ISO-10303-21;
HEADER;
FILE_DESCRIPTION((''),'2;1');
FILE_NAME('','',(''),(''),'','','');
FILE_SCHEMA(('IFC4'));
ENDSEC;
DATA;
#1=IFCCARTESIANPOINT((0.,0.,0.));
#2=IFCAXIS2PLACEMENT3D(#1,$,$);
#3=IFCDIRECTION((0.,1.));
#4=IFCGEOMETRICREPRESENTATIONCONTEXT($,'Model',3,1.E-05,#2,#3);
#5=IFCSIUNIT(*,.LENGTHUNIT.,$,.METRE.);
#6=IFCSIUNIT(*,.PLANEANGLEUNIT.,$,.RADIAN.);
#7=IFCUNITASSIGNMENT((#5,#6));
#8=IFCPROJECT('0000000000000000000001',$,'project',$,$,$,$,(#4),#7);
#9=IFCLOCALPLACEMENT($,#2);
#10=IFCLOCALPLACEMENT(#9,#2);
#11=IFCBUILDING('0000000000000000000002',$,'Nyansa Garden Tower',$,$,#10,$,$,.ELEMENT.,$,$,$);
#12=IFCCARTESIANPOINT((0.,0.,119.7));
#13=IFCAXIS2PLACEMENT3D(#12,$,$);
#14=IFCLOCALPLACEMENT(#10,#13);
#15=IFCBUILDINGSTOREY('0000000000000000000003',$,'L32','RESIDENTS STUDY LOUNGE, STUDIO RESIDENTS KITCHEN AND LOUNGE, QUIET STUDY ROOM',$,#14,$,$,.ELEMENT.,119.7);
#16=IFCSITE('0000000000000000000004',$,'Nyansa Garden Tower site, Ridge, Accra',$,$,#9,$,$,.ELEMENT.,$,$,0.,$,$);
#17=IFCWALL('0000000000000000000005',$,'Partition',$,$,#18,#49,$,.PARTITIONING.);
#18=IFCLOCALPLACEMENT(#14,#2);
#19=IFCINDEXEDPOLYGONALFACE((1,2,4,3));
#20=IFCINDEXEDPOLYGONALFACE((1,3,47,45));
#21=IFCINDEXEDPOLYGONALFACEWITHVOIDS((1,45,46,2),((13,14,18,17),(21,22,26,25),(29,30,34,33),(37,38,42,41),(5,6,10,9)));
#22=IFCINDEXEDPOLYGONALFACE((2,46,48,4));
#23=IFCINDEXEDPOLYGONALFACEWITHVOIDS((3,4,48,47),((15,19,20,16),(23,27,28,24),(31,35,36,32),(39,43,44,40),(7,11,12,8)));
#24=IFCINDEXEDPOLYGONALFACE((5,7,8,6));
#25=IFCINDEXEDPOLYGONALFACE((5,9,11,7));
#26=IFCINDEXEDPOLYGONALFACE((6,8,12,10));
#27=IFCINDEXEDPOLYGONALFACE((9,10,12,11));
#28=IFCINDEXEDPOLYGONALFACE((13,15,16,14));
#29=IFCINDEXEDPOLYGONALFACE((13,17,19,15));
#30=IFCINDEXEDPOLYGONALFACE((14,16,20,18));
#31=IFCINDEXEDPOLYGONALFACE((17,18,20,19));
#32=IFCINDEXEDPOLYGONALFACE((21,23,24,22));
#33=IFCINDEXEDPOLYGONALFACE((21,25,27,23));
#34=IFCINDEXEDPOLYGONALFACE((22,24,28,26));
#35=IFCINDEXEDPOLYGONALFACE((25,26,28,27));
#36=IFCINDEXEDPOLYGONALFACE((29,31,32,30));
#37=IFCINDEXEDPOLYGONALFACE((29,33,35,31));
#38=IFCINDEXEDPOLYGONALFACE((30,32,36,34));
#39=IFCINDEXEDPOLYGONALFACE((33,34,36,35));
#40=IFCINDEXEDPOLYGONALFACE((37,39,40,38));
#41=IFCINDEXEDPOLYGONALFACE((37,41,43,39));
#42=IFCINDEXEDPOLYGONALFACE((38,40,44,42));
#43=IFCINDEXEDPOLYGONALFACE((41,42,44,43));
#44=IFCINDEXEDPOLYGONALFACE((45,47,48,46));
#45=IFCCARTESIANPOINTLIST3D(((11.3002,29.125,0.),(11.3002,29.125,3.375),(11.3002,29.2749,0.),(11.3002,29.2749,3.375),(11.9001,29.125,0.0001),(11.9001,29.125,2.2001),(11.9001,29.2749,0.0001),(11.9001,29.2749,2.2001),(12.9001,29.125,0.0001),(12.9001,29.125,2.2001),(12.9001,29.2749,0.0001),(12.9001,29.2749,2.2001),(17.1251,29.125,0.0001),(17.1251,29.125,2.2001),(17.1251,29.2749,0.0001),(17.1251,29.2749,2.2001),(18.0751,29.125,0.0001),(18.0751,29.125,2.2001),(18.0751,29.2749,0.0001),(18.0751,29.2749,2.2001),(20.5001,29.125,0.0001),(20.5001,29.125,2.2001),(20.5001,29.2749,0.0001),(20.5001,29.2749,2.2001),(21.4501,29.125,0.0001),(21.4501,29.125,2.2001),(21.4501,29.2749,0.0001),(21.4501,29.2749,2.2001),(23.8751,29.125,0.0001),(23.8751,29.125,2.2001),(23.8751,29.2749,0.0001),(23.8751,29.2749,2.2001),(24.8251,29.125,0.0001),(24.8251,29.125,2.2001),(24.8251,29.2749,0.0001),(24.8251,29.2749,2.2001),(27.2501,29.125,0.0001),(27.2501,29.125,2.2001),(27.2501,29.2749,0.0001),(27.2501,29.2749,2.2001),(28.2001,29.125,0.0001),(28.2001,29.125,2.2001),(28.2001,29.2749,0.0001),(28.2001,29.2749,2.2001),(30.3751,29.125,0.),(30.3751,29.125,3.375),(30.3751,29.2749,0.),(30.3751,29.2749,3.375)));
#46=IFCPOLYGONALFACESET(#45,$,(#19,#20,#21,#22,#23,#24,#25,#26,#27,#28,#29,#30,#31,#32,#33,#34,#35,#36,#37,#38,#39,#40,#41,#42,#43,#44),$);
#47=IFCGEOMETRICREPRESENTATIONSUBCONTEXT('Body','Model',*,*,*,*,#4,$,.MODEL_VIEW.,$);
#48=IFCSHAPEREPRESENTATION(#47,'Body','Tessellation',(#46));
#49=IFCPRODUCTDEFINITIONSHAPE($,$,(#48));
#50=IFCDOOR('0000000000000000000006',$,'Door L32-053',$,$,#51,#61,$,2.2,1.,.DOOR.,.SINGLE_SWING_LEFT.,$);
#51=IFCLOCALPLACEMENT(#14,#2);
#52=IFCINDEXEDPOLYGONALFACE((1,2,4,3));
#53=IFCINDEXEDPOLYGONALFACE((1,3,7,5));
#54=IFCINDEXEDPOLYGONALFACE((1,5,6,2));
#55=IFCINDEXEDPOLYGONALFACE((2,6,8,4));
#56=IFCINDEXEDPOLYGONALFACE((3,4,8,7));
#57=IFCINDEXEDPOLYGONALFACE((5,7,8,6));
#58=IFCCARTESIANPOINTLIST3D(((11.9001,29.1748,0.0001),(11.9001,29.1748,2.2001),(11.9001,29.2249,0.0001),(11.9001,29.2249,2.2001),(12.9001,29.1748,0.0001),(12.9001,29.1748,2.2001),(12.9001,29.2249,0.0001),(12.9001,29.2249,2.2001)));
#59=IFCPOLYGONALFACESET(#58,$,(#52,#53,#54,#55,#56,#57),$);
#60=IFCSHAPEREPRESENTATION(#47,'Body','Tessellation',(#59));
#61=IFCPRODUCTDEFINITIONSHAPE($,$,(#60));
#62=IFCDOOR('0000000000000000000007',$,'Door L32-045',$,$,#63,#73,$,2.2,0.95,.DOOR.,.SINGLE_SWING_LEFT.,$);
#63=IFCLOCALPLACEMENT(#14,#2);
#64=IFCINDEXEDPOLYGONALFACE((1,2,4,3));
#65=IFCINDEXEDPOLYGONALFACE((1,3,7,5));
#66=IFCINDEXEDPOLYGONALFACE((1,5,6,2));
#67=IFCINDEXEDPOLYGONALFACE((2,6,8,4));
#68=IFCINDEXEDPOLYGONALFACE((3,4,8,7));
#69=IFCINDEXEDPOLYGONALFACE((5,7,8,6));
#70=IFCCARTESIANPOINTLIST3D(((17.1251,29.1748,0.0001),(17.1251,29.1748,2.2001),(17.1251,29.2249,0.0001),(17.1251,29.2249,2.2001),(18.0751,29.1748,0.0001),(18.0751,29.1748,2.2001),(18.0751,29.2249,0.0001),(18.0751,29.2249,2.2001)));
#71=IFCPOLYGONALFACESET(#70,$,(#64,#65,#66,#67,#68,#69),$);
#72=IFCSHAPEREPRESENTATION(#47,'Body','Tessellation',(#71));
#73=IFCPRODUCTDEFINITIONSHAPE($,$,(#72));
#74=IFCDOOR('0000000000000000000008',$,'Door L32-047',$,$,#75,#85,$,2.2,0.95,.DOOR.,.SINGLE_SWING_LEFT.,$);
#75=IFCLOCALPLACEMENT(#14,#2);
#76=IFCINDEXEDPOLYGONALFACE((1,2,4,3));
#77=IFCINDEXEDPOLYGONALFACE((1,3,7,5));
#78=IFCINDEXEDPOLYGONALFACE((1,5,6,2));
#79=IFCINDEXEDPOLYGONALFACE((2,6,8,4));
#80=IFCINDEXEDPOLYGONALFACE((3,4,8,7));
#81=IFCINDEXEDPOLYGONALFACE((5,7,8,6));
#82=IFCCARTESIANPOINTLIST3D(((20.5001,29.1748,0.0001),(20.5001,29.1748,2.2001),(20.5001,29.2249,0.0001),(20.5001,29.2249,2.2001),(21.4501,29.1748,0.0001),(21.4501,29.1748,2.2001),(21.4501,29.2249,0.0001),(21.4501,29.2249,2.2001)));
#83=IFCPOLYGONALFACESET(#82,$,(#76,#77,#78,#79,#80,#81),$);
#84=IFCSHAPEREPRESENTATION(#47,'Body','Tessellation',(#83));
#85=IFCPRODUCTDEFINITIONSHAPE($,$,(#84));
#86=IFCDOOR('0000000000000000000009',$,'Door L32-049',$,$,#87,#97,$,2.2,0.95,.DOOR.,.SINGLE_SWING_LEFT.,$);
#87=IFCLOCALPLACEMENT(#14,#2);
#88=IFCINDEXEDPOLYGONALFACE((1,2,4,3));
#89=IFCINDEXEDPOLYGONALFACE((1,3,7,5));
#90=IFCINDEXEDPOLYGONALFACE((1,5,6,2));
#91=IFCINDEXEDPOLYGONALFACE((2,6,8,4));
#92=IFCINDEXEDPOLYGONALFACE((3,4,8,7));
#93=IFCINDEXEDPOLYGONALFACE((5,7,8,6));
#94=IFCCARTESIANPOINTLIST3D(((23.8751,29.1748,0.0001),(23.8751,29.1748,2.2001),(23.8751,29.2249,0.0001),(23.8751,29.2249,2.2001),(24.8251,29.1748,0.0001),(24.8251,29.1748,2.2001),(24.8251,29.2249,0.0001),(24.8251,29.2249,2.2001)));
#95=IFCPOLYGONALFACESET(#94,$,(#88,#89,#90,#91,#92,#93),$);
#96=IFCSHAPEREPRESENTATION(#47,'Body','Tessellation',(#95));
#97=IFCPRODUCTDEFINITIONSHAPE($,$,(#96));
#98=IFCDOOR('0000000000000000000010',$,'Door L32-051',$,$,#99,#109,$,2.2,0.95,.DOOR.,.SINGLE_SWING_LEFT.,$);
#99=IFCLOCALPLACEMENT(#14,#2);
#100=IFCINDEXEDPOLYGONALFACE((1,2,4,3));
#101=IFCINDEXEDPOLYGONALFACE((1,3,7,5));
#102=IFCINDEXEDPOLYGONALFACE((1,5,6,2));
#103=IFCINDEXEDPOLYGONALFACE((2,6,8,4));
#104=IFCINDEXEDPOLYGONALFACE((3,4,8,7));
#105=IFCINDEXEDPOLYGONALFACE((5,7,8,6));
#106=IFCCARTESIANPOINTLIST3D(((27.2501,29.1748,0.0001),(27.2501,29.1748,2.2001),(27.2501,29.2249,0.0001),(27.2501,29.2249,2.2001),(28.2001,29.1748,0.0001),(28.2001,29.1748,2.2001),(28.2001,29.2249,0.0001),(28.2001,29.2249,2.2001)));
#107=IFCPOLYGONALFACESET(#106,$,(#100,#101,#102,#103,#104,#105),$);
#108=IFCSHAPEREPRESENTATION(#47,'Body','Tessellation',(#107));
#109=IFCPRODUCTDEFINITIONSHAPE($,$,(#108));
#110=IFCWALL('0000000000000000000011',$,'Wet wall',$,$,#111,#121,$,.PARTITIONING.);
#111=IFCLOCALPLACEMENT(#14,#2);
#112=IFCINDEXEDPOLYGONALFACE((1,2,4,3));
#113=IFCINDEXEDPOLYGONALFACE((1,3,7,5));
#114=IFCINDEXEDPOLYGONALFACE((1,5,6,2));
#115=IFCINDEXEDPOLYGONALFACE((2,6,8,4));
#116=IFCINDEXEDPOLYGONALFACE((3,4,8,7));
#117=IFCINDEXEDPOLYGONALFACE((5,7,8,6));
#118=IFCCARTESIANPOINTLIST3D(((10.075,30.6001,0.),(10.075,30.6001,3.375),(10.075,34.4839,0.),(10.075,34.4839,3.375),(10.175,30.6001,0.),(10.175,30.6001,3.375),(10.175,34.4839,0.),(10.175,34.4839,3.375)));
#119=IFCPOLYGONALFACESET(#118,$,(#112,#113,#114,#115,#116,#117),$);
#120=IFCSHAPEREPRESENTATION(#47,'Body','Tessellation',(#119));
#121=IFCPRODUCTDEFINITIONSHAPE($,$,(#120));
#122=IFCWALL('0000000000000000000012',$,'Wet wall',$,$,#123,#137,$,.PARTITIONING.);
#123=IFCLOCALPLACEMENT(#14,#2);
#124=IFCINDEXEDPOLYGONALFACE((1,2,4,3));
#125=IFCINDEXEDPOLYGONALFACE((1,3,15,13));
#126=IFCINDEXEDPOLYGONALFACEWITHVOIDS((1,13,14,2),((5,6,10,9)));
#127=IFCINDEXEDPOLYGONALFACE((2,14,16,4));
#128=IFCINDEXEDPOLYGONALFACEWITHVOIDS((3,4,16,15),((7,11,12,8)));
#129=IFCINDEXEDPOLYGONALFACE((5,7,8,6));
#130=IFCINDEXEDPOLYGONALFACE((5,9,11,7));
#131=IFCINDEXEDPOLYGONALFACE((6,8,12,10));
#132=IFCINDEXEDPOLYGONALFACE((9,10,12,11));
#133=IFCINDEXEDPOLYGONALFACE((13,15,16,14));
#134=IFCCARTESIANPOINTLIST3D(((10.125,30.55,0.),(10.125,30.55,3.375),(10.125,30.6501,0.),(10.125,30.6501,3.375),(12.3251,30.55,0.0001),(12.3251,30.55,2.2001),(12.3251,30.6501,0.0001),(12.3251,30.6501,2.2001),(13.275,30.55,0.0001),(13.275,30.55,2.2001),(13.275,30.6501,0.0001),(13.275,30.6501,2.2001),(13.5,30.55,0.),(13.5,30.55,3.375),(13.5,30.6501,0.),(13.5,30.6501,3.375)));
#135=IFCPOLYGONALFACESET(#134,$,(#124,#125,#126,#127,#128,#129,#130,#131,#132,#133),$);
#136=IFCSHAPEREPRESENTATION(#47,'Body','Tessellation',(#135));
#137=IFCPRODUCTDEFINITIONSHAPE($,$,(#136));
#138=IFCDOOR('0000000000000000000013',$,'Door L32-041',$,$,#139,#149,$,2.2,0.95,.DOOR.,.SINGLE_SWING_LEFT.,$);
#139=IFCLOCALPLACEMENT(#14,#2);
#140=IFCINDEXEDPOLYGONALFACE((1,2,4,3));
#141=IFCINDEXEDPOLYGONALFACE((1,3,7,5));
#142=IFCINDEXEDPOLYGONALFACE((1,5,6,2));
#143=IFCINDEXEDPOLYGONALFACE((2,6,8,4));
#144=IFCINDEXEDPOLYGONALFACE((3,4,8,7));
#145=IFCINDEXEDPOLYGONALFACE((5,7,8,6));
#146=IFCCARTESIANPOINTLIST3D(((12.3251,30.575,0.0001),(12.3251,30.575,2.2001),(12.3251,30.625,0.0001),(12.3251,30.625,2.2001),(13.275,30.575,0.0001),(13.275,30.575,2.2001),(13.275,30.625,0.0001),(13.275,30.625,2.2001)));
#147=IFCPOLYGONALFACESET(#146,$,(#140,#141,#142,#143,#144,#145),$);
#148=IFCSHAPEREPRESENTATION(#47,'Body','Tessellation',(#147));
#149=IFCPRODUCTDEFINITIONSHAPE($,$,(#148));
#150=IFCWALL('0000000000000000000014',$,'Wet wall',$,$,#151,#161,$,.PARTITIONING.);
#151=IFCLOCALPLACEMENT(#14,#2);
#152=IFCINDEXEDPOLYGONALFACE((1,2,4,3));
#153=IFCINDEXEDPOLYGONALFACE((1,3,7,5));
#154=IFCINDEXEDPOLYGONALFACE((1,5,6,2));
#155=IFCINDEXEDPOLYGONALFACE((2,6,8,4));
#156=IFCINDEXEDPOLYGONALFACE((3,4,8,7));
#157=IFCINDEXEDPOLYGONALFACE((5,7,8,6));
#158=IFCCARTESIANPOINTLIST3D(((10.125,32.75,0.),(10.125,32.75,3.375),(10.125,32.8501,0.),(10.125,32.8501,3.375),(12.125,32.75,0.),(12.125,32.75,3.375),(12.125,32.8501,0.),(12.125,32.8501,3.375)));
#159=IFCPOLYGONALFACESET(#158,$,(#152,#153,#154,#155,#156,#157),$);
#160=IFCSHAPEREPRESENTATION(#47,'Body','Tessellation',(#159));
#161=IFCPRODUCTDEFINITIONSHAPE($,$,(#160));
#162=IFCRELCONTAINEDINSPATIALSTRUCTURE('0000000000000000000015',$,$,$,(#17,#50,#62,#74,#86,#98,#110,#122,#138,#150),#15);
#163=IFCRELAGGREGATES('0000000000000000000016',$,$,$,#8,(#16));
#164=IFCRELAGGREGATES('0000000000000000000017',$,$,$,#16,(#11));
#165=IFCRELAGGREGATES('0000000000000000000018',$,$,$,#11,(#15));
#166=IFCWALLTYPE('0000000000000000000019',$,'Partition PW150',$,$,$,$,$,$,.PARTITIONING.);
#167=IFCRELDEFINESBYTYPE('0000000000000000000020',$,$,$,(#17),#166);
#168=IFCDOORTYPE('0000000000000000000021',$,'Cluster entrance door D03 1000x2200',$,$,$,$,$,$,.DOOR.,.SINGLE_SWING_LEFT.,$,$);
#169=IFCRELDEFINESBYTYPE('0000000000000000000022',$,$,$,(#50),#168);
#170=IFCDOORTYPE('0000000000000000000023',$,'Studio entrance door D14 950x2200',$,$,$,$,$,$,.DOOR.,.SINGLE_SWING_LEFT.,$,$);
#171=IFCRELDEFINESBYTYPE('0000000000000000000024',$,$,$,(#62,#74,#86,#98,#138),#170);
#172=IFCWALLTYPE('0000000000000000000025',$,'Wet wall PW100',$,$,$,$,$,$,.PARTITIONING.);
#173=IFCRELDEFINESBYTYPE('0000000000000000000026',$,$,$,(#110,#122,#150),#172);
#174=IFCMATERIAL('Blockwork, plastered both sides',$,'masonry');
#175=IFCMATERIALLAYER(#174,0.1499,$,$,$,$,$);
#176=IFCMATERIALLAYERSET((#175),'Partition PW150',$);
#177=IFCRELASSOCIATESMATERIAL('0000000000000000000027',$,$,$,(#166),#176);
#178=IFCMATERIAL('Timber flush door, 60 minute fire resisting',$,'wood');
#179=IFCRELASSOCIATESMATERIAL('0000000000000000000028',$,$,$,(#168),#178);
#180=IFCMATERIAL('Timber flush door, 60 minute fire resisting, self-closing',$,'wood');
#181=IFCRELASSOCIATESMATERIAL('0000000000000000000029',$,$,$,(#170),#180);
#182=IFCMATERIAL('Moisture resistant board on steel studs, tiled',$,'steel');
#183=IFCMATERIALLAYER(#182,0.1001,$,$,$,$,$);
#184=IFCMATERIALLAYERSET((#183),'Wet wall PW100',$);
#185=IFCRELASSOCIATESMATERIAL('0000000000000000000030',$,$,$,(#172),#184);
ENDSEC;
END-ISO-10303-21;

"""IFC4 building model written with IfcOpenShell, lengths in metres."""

from ifc_helpers import new_model, si_unit, direction, frame, frame_2d, origin, place, context, subcontext, project, spatial, rectangle, extrude, material, layer, layer_set, type_object, element, fill, save


model = new_model("IFC4")

# Units and contexts
model_context = context("Model", 3, precision=1e-05, world=origin(), true_north=direction((0.0, 1.0)))
body_context = subcontext(model_context, "Body", "Model", "MODEL_VIEW")
ifc_project = project(units=[si_unit("LENGTHUNIT", "METRE"), si_unit("PLANEANGLEUNIT", "RADIAN")], contexts=[model_context])

# Site, building, storey
site_placement = place(None, origin())
site = spatial("IfcSite", under=ifc_project, at=site_placement, Name="Nyansa Garden Tower site, Ridge, Accra", CompositionType="ELEMENT", RefElevation=0.0)
building_placement = place(site_placement, origin())
building = spatial("IfcBuilding", under=site, at=building_placement, Name="Nyansa Garden Tower", CompositionType="ELEMENT")
storey_placement = place(building_placement, frame((0.0, 0.0, 119.7)))
storey = spatial("IfcBuildingStorey", under=building, at=storey_placement, Name="L32", Description="RESIDENTS STUDY LOUNGE, STUDIO RESIDENTS KITCHEN AND LOUNGE, QUIET STUDY ROOM", CompositionType="ELEMENT", Elevation=119.7)

# Wall, openings, doors
ifc_material_1 = material(Name="Blockwork, plastered both sides", Category="masonry")
ifc_layer_1 = layer(ifc_material_1, 0.1499)
ifc_layer_set_1 = layer_set([ifc_layer_1], Name="Partition PW150")
wall_type_1 = type_object("IfcWallType", Name="Partition PW150", PredefinedType="PARTITIONING", material=ifc_layer_set_1)
wall_1_placement = place(storey_placement, frame((11.3, 29.2, 0.0), z_axis=(0.0, 0.0, 1.0), x_axis=(1.0, 0.0, 0.0)))
wall_1 = element("IfcWall", 1, at=wall_1_placement, inside=storey, type_object=wall_type_1, Name="Partition", PredefinedType="PARTITIONING", context=body_context, shape_type="SweptSolid", body=[
    extrude(rectangle(XDim=19.075, YDim=0.1499, at=frame_2d((9.5376, 0.0))), origin(), (0.0, 0.0, 1.0), 3.375),
])
opening_1_placement = place(wall_1_placement, frame((5.825, 0.0, 0.0)))
opening_1 = element("IfcOpeningElement", 2, at=opening_1_placement, cuts=wall_1, PredefinedType="OPENING", context=body_context, shape_type="SweptSolid", body=[
    extrude(rectangle(XDim=0.95, YDim=2.2, at=frame_2d((0.4751, 1.1001))), frame((0.0, 0.085, 0.0), z_axis=(0.0, -1.0, 0.0), x_axis=(1.0, 0.0, 0.0)), (0.0, 0.0, 1.0), 0.1699),
])
opening_2_placement = place(wall_1_placement, frame((9.2, 0.0, 0.0)))
opening_2 = element("IfcOpeningElement", 3, at=opening_2_placement, cuts=wall_1, PredefinedType="OPENING", context=body_context, shape_type="SweptSolid", body=[
    extrude(rectangle(XDim=0.95, YDim=2.2, at=frame_2d((0.4751, 1.1001))), frame((0.0, 0.085, 0.0), z_axis=(0.0, -1.0, 0.0), x_axis=(1.0, 0.0, 0.0)), (0.0, 0.0, 1.0), 0.1699),
])
opening_3_placement = place(wall_1_placement, frame((12.575, 0.0, 0.0)))
opening_3 = element("IfcOpeningElement", 4, at=opening_3_placement, cuts=wall_1, PredefinedType="OPENING", context=body_context, shape_type="SweptSolid", body=[
    extrude(rectangle(XDim=0.95, YDim=2.2, at=frame_2d((0.4751, 1.1001))), frame((0.0, 0.085, 0.0), z_axis=(0.0, -1.0, 0.0), x_axis=(1.0, 0.0, 0.0)), (0.0, 0.0, 1.0), 0.1699),
])
opening_4_placement = place(wall_1_placement, frame((15.95, 0.0, 0.0)))
opening_4 = element("IfcOpeningElement", 5, at=opening_4_placement, cuts=wall_1, PredefinedType="OPENING", context=body_context, shape_type="SweptSolid", body=[
    extrude(rectangle(XDim=0.95, YDim=2.2, at=frame_2d((0.4751, 1.1001))), frame((0.0, 0.085, 0.0), z_axis=(0.0, -1.0, 0.0), x_axis=(1.0, 0.0, 0.0)), (0.0, 0.0, 1.0), 0.1699),
])
opening_5_placement = place(wall_1_placement, frame((0.6001, 0.0, 0.0)))
opening_5 = element("IfcOpeningElement", 6, at=opening_5_placement, cuts=wall_1, PredefinedType="OPENING", context=body_context, shape_type="SweptSolid", body=[
    extrude(rectangle(XDim=1.0, YDim=2.2, at=frame_2d((0.5, 1.1001))), frame((0.0, 0.085, 0.0), z_axis=(0.0, -1.0, 0.0), x_axis=(1.0, 0.0, 0.0)), (0.0, 0.0, 1.0), 0.1699),
])
ifc_material_2 = material(Name="Timber flush door, 60 minute fire resisting", Category="wood")
door_type_1 = type_object("IfcDoorType", Name="Cluster entrance door D03 1000x2200", OperationType="SINGLE_SWING_LEFT", PredefinedType="DOOR", material=ifc_material_2)
door_1_placement = place(opening_5_placement, origin())
door_1 = element("IfcDoor", 7, at=door_1_placement, inside=storey, type_object=door_type_1, Name="Door L32-053", OperationType="SINGLE_SWING_LEFT", OverallHeight=2.2, OverallWidth=1.0, PredefinedType="DOOR", context=body_context, shape_type="SweptSolid", body=[
    extrude(rectangle(XDim=1.0, YDim=2.2, at=frame_2d((0.5, 1.1001))), frame((0.0, 0.0249, 0.0), z_axis=(0.0, -1.0, 0.0), x_axis=(1.0, 0.0, 0.0)), (0.0, 0.0, 1.0), 0.05),
])
fill(opening_5, door_1)
ifc_material_3 = material(Name="Timber flush door, 60 minute fire resisting, self-closing", Category="wood")
door_type_2 = type_object("IfcDoorType", Name="Studio entrance door D14 950x2200", OperationType="SINGLE_SWING_LEFT", PredefinedType="DOOR", material=ifc_material_3)
door_2_placement = place(opening_1_placement, origin())
door_2 = element("IfcDoor", 8, at=door_2_placement, inside=storey, type_object=door_type_2, Name="Door L32-045", OperationType="SINGLE_SWING_LEFT", OverallHeight=2.2, OverallWidth=0.95, PredefinedType="DOOR", context=body_context, shape_type="SweptSolid", body=[
    extrude(rectangle(XDim=0.95, YDim=2.2, at=frame_2d((0.4751, 1.1001))), frame((0.0, 0.0249, 0.0), z_axis=(0.0, -1.0, 0.0), x_axis=(1.0, 0.0, 0.0)), (0.0, 0.0, 1.0), 0.05),
])
fill(opening_1, door_2)
door_3_placement = place(opening_2_placement, origin())
door_3 = element("IfcDoor", 9, at=door_3_placement, inside=storey, type_object=door_type_2, Name="Door L32-047", OperationType="SINGLE_SWING_LEFT", OverallHeight=2.2, OverallWidth=0.95, PredefinedType="DOOR", context=body_context, shape_type="SweptSolid", body=[
    extrude(rectangle(XDim=0.95, YDim=2.2, at=frame_2d((0.4751, 1.1001))), frame((0.0, 0.0249, 0.0), z_axis=(0.0, -1.0, 0.0), x_axis=(1.0, 0.0, 0.0)), (0.0, 0.0, 1.0), 0.05),
])
fill(opening_2, door_3)
door_4_placement = place(opening_3_placement, origin())
door_4 = element("IfcDoor", 10, at=door_4_placement, inside=storey, type_object=door_type_2, Name="Door L32-049", OperationType="SINGLE_SWING_LEFT", OverallHeight=2.2, OverallWidth=0.95, PredefinedType="DOOR", context=body_context, shape_type="SweptSolid", body=[
    extrude(rectangle(XDim=0.95, YDim=2.2, at=frame_2d((0.4751, 1.1001))), frame((0.0, 0.0249, 0.0), z_axis=(0.0, -1.0, 0.0), x_axis=(1.0, 0.0, 0.0)), (0.0, 0.0, 1.0), 0.05),
])
fill(opening_3, door_4)
door_5_placement = place(opening_4_placement, origin())
door_5 = element("IfcDoor", 11, at=door_5_placement, inside=storey, type_object=door_type_2, Name="Door L32-051", OperationType="SINGLE_SWING_LEFT", OverallHeight=2.2, OverallWidth=0.95, PredefinedType="DOOR", context=body_context, shape_type="SweptSolid", body=[
    extrude(rectangle(XDim=0.95, YDim=2.2, at=frame_2d((0.4751, 1.1001))), frame((0.0, 0.0249, 0.0), z_axis=(0.0, -1.0, 0.0), x_axis=(1.0, 0.0, 0.0)), (0.0, 0.0, 1.0), 0.05),
])
fill(opening_4, door_5)

# Wall
ifc_material_4 = material(Name="Moisture resistant board on steel studs, tiled", Category="steel")
ifc_layer_2 = layer(ifc_material_4, 0.1001)
ifc_layer_set_2 = layer_set([ifc_layer_2], Name="Wet wall PW100")
wall_type_2 = type_object("IfcWallType", Name="Wet wall PW100", PredefinedType="PARTITIONING", material=ifc_layer_set_2)
wall_2_placement = place(storey_placement, frame((10.125, 30.6001, 0.0), z_axis=(0.0, 0.0, 1.0), x_axis=(0.0, 1.0, 0.0)))
element("IfcWall", 12, at=wall_2_placement, inside=storey, type_object=wall_type_2, Name="Wet wall", PredefinedType="PARTITIONING", context=body_context, shape_type="SweptSolid", body=[
    extrude(rectangle(XDim=3.8838, YDim=0.1001, at=frame_2d((1.9419, 0.0))), origin(), (0.0, 0.0, 1.0), 3.375),
])

# Wall, opening, door
wall_3_placement = place(storey_placement, frame((10.125, 30.6001, 0.0), z_axis=(0.0, 0.0, 1.0), x_axis=(1.0, 0.0, 0.0)))
wall_3 = element("IfcWall", 13, at=wall_3_placement, inside=storey, type_object=wall_type_2, Name="Wet wall", PredefinedType="PARTITIONING", context=body_context, shape_type="SweptSolid", body=[
    extrude(rectangle(XDim=3.375, YDim=0.1001, at=frame_2d((1.6875, 0.0))), origin(), (0.0, 0.0, 1.0), 3.375),
])
opening_6_placement = place(wall_3_placement, frame((2.2, 0.0, 0.0)))
opening_6 = element("IfcOpeningElement", 14, at=opening_6_placement, cuts=wall_3, PredefinedType="OPENING", context=body_context, shape_type="SweptSolid", body=[
    extrude(rectangle(XDim=0.95, YDim=2.2, at=frame_2d((0.4751, 1.1001))), frame((0.0, 0.0601, 0.0), z_axis=(0.0, -1.0, 0.0), x_axis=(1.0, 0.0, 0.0)), (0.0, 0.0, 1.0), 0.1201),
])
door_6_placement = place(opening_6_placement, origin())
door_6 = element("IfcDoor", 15, at=door_6_placement, inside=storey, type_object=door_type_2, Name="Door L32-041", OperationType="SINGLE_SWING_LEFT", OverallHeight=2.2, OverallWidth=0.95, PredefinedType="DOOR", context=body_context, shape_type="SweptSolid", body=[
    extrude(rectangle(XDim=0.95, YDim=2.2, at=frame_2d((0.4751, 1.1001))), frame((0.0, 0.0249, 0.0), z_axis=(0.0, -1.0, 0.0), x_axis=(1.0, 0.0, 0.0)), (0.0, 0.0, 1.0), 0.05),
])
fill(opening_6, door_6)

# Wall
wall_4_placement = place(storey_placement, frame((10.125, 32.8, 0.0), z_axis=(0.0, 0.0, 1.0), x_axis=(1.0, 0.0, 0.0)))
element("IfcWall", 16, at=wall_4_placement, inside=storey, type_object=wall_type_2, Name="Wet wall", PredefinedType="PARTITIONING", context=body_context, shape_type="SweptSolid", body=[
    extrude(rectangle(XDim=2.0, YDim=0.1001, at=frame_2d((1.0, 0.0))), origin(), (0.0, 0.0, 1.0), 3.375),
])

save(model, "model.ifc")
